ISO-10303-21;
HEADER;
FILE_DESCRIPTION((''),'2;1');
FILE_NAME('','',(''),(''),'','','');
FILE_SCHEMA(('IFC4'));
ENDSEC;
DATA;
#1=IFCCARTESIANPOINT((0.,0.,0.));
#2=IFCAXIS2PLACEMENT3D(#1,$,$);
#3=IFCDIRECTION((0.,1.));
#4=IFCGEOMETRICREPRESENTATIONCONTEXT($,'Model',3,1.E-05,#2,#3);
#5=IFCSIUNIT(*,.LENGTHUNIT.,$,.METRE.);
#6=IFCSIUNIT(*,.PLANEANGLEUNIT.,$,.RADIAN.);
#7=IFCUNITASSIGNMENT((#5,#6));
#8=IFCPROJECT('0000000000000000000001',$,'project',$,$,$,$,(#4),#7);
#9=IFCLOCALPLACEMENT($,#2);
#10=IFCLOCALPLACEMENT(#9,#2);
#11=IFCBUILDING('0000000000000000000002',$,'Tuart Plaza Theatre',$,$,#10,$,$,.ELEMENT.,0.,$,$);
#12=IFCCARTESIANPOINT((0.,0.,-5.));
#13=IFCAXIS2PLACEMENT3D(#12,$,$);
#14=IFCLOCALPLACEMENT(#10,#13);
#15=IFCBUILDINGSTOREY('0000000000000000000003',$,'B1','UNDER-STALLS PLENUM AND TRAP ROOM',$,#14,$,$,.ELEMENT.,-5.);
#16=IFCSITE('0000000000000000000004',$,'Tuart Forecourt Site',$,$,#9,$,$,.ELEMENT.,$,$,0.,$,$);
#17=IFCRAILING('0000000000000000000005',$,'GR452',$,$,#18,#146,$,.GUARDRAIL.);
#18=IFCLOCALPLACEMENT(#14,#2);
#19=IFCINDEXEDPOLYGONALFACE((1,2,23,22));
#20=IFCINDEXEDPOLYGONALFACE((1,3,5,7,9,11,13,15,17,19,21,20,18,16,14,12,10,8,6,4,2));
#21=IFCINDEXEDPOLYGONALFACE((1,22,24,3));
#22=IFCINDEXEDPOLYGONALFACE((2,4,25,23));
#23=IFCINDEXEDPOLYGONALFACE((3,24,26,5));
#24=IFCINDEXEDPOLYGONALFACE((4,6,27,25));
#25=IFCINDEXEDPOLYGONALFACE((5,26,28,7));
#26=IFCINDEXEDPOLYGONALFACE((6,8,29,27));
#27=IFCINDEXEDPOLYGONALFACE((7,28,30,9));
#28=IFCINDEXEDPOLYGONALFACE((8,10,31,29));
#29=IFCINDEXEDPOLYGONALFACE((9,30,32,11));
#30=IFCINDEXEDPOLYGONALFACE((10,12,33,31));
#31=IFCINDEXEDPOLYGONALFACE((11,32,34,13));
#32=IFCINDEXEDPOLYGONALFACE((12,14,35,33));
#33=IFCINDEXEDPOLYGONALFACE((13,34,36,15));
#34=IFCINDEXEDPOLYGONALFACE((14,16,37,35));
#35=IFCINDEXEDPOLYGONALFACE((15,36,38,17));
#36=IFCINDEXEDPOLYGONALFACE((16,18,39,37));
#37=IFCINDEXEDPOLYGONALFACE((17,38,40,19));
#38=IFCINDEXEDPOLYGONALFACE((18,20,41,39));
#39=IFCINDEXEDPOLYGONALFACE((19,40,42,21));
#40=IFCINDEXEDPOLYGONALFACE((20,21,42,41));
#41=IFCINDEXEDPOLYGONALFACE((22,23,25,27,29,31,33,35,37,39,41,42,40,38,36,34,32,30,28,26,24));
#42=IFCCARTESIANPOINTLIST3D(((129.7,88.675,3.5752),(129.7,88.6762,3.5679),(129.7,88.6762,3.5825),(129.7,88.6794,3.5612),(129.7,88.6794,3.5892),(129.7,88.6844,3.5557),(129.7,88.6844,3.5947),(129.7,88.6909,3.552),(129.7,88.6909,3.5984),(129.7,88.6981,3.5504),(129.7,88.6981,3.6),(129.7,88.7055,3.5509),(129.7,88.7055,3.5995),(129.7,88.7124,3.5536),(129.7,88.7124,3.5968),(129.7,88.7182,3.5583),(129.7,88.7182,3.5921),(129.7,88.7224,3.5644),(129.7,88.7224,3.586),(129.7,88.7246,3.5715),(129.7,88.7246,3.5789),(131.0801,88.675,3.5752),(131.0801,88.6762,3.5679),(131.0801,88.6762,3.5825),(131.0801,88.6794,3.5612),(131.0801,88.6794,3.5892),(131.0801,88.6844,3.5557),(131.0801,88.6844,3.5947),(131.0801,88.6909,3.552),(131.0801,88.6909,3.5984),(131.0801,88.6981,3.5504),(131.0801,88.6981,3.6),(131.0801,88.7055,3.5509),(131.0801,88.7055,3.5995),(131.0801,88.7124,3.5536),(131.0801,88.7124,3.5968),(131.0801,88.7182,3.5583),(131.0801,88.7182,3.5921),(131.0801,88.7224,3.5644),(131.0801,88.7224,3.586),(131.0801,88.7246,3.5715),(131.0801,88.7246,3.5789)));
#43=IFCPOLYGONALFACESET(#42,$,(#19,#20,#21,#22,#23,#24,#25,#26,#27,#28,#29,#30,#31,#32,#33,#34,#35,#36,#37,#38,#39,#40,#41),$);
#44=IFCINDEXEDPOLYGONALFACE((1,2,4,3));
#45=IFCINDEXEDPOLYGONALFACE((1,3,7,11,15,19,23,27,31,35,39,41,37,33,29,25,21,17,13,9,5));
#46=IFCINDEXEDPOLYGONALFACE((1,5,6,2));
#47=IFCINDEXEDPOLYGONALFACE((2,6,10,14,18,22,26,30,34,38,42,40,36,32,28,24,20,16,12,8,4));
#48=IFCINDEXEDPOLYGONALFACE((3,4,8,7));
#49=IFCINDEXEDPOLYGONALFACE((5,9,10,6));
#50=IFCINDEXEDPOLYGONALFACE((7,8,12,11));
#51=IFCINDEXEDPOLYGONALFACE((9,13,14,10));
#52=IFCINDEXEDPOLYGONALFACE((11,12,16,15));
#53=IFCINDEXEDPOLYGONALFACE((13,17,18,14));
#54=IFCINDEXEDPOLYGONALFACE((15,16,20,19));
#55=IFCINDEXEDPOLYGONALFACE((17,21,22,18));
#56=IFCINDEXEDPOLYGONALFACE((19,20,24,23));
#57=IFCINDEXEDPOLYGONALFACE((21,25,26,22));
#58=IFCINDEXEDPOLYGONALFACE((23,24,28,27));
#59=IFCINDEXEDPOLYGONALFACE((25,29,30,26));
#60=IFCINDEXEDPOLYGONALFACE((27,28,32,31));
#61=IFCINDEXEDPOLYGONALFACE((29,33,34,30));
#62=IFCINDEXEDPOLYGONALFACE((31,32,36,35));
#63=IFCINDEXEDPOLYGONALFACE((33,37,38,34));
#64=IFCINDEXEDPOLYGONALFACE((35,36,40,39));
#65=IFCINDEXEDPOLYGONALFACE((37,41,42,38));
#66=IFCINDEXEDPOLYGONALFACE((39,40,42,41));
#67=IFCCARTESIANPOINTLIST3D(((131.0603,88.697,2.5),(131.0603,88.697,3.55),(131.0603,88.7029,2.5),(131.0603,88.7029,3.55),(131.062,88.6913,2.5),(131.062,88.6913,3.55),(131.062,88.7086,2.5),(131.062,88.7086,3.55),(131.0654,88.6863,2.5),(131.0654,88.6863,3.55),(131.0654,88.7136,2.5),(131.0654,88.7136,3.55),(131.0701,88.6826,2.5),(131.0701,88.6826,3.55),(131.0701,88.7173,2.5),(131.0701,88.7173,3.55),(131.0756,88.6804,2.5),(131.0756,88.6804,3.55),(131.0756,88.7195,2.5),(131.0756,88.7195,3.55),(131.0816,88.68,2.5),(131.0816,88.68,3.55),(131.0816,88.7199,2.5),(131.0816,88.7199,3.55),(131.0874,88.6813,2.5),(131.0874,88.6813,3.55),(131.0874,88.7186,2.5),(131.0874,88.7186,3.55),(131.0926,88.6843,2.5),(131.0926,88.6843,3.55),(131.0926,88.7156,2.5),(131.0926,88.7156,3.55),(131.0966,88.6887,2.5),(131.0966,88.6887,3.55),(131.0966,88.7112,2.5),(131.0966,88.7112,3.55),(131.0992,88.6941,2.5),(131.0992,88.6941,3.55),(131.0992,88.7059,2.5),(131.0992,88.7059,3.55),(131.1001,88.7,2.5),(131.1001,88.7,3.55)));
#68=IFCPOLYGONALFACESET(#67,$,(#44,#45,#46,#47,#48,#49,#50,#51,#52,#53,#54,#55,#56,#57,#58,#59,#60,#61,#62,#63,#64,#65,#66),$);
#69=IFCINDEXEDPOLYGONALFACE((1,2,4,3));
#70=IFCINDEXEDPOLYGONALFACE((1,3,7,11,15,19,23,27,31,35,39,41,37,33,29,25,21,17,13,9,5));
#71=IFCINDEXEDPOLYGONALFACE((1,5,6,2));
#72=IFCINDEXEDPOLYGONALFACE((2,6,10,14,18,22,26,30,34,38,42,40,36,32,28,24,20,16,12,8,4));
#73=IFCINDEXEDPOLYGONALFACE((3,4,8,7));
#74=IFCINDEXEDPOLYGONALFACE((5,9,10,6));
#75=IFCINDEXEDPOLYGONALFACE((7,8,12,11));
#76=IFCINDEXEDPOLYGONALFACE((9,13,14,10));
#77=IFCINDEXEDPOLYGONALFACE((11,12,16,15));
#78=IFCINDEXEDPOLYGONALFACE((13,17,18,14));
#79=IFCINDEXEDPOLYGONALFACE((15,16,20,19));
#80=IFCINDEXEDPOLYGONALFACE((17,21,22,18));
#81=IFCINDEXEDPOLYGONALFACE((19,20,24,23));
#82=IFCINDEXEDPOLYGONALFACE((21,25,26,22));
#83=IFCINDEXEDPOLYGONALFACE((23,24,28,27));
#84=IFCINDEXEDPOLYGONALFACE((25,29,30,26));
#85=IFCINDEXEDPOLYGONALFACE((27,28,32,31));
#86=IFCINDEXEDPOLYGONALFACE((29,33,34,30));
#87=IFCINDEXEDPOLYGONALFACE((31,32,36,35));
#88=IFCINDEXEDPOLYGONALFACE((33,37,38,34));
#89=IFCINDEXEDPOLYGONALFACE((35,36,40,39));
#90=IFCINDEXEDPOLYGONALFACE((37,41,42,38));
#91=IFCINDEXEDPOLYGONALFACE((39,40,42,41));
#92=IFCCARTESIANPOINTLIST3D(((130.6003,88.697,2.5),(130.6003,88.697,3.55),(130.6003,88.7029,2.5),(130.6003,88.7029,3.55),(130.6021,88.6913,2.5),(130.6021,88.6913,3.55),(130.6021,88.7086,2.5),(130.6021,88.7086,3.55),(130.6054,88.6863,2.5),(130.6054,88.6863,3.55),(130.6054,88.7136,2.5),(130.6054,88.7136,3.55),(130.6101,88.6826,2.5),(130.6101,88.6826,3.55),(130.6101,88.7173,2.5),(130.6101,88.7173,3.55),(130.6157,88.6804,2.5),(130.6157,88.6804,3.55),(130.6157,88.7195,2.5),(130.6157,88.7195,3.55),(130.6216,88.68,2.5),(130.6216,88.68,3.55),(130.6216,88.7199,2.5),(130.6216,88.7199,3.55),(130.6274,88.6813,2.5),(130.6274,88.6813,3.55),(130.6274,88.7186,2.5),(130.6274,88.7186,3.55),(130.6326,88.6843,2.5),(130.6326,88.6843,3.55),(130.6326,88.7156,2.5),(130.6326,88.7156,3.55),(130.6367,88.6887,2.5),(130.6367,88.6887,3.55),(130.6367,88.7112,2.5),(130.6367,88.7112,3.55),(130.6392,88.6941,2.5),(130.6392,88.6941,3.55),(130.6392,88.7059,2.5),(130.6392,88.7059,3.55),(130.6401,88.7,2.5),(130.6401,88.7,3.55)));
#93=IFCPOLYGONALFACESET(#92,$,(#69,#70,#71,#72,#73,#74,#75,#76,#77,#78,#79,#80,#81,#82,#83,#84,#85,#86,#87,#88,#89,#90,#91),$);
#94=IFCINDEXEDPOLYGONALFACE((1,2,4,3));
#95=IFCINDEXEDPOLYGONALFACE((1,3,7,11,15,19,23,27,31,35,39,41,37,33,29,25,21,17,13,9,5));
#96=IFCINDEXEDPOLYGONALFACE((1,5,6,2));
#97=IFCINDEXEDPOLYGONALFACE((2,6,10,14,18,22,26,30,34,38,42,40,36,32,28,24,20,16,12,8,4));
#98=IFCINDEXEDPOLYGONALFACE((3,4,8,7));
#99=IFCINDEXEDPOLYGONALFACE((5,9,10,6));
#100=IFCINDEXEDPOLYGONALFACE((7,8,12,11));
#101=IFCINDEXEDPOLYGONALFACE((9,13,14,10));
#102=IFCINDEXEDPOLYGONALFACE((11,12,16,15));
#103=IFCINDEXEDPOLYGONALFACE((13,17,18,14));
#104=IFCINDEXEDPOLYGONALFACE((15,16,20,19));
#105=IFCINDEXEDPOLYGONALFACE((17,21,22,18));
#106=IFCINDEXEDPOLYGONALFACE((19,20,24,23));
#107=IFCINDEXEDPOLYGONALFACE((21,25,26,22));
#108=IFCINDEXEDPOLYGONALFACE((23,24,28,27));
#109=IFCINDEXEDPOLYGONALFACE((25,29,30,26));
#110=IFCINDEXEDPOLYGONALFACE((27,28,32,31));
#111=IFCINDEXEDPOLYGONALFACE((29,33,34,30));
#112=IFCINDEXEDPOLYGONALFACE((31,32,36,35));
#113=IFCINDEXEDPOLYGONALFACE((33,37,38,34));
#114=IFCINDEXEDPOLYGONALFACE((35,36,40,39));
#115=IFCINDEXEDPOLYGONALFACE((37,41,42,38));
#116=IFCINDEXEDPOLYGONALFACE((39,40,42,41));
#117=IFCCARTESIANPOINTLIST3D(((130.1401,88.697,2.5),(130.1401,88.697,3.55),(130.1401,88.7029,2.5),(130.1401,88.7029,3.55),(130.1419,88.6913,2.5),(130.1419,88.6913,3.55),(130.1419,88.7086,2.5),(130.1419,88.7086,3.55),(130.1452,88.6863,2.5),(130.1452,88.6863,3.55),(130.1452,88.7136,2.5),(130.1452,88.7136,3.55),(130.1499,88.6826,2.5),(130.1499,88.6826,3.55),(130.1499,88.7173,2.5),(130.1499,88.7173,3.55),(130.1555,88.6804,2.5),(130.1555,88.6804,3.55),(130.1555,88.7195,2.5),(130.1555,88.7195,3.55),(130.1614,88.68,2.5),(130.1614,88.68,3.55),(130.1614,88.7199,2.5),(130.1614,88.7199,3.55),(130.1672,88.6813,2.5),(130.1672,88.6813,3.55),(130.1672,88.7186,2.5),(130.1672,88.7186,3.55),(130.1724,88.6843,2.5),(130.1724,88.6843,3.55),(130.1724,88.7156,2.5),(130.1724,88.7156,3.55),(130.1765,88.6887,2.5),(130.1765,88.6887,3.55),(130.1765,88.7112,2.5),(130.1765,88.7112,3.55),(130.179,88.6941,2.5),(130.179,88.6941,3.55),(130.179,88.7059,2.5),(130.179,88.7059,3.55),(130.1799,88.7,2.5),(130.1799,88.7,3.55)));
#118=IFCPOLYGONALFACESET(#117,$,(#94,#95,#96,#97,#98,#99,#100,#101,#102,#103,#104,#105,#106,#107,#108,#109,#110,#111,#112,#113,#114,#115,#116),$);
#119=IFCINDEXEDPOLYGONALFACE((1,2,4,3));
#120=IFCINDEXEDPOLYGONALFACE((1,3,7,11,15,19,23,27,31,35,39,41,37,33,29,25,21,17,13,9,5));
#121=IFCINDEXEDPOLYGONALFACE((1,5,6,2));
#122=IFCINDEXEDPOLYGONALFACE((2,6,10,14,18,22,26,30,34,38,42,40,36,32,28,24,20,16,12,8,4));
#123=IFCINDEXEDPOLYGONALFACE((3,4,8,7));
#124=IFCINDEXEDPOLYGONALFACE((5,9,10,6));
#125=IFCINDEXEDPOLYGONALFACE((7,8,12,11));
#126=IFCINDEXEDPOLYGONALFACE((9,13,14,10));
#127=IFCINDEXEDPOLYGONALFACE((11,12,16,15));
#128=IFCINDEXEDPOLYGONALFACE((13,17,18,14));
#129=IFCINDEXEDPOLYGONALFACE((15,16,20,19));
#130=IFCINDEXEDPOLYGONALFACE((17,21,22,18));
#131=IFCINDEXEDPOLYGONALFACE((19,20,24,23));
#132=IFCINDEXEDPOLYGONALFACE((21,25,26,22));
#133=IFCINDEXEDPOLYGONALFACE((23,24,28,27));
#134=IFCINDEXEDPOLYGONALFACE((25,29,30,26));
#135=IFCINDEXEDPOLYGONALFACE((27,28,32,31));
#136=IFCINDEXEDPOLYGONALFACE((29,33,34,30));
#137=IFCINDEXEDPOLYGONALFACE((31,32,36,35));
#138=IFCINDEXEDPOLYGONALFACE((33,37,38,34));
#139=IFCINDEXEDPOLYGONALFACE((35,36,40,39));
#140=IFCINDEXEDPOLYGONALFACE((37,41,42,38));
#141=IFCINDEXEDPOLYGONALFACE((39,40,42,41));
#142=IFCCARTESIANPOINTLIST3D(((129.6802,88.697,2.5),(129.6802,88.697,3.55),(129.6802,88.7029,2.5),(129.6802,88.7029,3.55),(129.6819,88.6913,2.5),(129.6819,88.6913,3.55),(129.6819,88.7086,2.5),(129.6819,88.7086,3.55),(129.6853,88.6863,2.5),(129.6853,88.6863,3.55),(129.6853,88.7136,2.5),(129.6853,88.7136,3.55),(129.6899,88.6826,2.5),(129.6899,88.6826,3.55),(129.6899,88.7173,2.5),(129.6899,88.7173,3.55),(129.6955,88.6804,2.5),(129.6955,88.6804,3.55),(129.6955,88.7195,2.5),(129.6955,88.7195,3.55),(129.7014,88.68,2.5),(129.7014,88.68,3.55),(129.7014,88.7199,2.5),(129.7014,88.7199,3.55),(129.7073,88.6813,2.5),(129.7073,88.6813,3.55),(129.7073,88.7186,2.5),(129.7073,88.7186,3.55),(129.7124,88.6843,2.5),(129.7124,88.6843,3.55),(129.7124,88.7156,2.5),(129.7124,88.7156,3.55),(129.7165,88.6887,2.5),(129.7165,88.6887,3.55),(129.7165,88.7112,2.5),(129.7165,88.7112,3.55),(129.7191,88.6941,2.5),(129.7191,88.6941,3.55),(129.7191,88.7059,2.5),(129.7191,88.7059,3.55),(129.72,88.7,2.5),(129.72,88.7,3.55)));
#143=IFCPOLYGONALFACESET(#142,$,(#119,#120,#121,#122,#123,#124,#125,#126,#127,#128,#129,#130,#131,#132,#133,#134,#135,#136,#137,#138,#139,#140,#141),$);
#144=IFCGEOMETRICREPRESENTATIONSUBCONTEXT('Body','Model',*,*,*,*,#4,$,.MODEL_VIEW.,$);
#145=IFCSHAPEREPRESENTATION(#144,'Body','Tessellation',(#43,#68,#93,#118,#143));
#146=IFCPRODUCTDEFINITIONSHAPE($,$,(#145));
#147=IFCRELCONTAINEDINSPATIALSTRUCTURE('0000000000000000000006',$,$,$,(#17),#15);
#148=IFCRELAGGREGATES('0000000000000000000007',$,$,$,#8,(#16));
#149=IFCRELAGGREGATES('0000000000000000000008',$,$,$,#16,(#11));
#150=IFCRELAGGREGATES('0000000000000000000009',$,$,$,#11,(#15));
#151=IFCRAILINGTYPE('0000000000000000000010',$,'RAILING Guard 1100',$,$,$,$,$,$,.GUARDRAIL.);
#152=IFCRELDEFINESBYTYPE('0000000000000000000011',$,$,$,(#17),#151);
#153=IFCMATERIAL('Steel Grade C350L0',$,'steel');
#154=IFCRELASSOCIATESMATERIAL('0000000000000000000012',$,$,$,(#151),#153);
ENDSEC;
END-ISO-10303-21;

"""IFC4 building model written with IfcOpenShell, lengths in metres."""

from ifc_helpers import new_model, si_unit, direction, frame, origin, origin_2d, place, context, subcontext, project, spatial, circle, extrude, material, type_object, element, save


model = new_model("IFC4")

# Units and contexts
model_context = context("Model", 3, precision=1e-05, world=origin(), true_north=direction((0.0, 1.0)))
body_context = subcontext(model_context, "Body", "Model", "MODEL_VIEW")
ifc_project = project(units=[si_unit("LENGTHUNIT", "METRE"), si_unit("PLANEANGLEUNIT", "RADIAN")], contexts=[model_context])

# Site, building, storey
site_placement = place(None, origin())
site = spatial("IfcSite", under=ifc_project, at=site_placement, Name="Tuart Forecourt Site", CompositionType="ELEMENT", RefElevation=0.0)
building_placement = place(site_placement, origin())
building = spatial("IfcBuilding", under=site, at=building_placement, Name="Tuart Plaza Theatre", CompositionType="ELEMENT", ElevationOfRefHeight=0.0)
storey_placement = place(building_placement, frame((0.0, 0.0, -5.0)))
storey = spatial("IfcBuildingStorey", under=building, at=storey_placement, Name="B1", Description="UNDER-STALLS PLENUM AND TRAP ROOM", CompositionType="ELEMENT", Elevation=-5.0)

# Railing
ifc_material_1 = material(Name="Steel Grade C350L0", Category="steel")
railing_type_1 = type_object("IfcRailingType", Name="RAILING Guard 1100", PredefinedType="GUARDRAIL", material=ifc_material_1)
railing_1_placement = place(storey_placement, frame((131.0801, 88.7, 2.5)))
element("IfcRailing", 1, at=railing_1_placement, inside=storey, type_object=railing_type_1, Name="GR452", PredefinedType="GUARDRAIL", context=body_context, shape_type="SweptSolid", body=[
    extrude(circle(Radius=0.0249, at=origin_2d()), frame((0.0, 0.0, 1.0752), z_axis=(-1.0, 0.0, 0.0), x_axis=(0.0, -1.0, 0.0)), (0.0, 0.0, 1.0), 1.3801),
    extrude(circle(Radius=0.02, at=origin_2d()), origin(), (0.0, 0.0, 1.0), 1.05),
    extrude(circle(Radius=0.02, at=origin_2d()), frame((-0.46, 0.0, 0.0)), (0.0, 0.0, 1.0), 1.05),
    extrude(circle(Radius=0.02, at=origin_2d()), frame((-0.9202, 0.0, 0.0)), (0.0, 0.0, 1.0), 1.05),
    extrude(circle(Radius=0.02, at=origin_2d()), frame((-1.3801, 0.0, 0.0)), (0.0, 0.0, 1.0), 1.05),
])

save(model, "model.ifc")
